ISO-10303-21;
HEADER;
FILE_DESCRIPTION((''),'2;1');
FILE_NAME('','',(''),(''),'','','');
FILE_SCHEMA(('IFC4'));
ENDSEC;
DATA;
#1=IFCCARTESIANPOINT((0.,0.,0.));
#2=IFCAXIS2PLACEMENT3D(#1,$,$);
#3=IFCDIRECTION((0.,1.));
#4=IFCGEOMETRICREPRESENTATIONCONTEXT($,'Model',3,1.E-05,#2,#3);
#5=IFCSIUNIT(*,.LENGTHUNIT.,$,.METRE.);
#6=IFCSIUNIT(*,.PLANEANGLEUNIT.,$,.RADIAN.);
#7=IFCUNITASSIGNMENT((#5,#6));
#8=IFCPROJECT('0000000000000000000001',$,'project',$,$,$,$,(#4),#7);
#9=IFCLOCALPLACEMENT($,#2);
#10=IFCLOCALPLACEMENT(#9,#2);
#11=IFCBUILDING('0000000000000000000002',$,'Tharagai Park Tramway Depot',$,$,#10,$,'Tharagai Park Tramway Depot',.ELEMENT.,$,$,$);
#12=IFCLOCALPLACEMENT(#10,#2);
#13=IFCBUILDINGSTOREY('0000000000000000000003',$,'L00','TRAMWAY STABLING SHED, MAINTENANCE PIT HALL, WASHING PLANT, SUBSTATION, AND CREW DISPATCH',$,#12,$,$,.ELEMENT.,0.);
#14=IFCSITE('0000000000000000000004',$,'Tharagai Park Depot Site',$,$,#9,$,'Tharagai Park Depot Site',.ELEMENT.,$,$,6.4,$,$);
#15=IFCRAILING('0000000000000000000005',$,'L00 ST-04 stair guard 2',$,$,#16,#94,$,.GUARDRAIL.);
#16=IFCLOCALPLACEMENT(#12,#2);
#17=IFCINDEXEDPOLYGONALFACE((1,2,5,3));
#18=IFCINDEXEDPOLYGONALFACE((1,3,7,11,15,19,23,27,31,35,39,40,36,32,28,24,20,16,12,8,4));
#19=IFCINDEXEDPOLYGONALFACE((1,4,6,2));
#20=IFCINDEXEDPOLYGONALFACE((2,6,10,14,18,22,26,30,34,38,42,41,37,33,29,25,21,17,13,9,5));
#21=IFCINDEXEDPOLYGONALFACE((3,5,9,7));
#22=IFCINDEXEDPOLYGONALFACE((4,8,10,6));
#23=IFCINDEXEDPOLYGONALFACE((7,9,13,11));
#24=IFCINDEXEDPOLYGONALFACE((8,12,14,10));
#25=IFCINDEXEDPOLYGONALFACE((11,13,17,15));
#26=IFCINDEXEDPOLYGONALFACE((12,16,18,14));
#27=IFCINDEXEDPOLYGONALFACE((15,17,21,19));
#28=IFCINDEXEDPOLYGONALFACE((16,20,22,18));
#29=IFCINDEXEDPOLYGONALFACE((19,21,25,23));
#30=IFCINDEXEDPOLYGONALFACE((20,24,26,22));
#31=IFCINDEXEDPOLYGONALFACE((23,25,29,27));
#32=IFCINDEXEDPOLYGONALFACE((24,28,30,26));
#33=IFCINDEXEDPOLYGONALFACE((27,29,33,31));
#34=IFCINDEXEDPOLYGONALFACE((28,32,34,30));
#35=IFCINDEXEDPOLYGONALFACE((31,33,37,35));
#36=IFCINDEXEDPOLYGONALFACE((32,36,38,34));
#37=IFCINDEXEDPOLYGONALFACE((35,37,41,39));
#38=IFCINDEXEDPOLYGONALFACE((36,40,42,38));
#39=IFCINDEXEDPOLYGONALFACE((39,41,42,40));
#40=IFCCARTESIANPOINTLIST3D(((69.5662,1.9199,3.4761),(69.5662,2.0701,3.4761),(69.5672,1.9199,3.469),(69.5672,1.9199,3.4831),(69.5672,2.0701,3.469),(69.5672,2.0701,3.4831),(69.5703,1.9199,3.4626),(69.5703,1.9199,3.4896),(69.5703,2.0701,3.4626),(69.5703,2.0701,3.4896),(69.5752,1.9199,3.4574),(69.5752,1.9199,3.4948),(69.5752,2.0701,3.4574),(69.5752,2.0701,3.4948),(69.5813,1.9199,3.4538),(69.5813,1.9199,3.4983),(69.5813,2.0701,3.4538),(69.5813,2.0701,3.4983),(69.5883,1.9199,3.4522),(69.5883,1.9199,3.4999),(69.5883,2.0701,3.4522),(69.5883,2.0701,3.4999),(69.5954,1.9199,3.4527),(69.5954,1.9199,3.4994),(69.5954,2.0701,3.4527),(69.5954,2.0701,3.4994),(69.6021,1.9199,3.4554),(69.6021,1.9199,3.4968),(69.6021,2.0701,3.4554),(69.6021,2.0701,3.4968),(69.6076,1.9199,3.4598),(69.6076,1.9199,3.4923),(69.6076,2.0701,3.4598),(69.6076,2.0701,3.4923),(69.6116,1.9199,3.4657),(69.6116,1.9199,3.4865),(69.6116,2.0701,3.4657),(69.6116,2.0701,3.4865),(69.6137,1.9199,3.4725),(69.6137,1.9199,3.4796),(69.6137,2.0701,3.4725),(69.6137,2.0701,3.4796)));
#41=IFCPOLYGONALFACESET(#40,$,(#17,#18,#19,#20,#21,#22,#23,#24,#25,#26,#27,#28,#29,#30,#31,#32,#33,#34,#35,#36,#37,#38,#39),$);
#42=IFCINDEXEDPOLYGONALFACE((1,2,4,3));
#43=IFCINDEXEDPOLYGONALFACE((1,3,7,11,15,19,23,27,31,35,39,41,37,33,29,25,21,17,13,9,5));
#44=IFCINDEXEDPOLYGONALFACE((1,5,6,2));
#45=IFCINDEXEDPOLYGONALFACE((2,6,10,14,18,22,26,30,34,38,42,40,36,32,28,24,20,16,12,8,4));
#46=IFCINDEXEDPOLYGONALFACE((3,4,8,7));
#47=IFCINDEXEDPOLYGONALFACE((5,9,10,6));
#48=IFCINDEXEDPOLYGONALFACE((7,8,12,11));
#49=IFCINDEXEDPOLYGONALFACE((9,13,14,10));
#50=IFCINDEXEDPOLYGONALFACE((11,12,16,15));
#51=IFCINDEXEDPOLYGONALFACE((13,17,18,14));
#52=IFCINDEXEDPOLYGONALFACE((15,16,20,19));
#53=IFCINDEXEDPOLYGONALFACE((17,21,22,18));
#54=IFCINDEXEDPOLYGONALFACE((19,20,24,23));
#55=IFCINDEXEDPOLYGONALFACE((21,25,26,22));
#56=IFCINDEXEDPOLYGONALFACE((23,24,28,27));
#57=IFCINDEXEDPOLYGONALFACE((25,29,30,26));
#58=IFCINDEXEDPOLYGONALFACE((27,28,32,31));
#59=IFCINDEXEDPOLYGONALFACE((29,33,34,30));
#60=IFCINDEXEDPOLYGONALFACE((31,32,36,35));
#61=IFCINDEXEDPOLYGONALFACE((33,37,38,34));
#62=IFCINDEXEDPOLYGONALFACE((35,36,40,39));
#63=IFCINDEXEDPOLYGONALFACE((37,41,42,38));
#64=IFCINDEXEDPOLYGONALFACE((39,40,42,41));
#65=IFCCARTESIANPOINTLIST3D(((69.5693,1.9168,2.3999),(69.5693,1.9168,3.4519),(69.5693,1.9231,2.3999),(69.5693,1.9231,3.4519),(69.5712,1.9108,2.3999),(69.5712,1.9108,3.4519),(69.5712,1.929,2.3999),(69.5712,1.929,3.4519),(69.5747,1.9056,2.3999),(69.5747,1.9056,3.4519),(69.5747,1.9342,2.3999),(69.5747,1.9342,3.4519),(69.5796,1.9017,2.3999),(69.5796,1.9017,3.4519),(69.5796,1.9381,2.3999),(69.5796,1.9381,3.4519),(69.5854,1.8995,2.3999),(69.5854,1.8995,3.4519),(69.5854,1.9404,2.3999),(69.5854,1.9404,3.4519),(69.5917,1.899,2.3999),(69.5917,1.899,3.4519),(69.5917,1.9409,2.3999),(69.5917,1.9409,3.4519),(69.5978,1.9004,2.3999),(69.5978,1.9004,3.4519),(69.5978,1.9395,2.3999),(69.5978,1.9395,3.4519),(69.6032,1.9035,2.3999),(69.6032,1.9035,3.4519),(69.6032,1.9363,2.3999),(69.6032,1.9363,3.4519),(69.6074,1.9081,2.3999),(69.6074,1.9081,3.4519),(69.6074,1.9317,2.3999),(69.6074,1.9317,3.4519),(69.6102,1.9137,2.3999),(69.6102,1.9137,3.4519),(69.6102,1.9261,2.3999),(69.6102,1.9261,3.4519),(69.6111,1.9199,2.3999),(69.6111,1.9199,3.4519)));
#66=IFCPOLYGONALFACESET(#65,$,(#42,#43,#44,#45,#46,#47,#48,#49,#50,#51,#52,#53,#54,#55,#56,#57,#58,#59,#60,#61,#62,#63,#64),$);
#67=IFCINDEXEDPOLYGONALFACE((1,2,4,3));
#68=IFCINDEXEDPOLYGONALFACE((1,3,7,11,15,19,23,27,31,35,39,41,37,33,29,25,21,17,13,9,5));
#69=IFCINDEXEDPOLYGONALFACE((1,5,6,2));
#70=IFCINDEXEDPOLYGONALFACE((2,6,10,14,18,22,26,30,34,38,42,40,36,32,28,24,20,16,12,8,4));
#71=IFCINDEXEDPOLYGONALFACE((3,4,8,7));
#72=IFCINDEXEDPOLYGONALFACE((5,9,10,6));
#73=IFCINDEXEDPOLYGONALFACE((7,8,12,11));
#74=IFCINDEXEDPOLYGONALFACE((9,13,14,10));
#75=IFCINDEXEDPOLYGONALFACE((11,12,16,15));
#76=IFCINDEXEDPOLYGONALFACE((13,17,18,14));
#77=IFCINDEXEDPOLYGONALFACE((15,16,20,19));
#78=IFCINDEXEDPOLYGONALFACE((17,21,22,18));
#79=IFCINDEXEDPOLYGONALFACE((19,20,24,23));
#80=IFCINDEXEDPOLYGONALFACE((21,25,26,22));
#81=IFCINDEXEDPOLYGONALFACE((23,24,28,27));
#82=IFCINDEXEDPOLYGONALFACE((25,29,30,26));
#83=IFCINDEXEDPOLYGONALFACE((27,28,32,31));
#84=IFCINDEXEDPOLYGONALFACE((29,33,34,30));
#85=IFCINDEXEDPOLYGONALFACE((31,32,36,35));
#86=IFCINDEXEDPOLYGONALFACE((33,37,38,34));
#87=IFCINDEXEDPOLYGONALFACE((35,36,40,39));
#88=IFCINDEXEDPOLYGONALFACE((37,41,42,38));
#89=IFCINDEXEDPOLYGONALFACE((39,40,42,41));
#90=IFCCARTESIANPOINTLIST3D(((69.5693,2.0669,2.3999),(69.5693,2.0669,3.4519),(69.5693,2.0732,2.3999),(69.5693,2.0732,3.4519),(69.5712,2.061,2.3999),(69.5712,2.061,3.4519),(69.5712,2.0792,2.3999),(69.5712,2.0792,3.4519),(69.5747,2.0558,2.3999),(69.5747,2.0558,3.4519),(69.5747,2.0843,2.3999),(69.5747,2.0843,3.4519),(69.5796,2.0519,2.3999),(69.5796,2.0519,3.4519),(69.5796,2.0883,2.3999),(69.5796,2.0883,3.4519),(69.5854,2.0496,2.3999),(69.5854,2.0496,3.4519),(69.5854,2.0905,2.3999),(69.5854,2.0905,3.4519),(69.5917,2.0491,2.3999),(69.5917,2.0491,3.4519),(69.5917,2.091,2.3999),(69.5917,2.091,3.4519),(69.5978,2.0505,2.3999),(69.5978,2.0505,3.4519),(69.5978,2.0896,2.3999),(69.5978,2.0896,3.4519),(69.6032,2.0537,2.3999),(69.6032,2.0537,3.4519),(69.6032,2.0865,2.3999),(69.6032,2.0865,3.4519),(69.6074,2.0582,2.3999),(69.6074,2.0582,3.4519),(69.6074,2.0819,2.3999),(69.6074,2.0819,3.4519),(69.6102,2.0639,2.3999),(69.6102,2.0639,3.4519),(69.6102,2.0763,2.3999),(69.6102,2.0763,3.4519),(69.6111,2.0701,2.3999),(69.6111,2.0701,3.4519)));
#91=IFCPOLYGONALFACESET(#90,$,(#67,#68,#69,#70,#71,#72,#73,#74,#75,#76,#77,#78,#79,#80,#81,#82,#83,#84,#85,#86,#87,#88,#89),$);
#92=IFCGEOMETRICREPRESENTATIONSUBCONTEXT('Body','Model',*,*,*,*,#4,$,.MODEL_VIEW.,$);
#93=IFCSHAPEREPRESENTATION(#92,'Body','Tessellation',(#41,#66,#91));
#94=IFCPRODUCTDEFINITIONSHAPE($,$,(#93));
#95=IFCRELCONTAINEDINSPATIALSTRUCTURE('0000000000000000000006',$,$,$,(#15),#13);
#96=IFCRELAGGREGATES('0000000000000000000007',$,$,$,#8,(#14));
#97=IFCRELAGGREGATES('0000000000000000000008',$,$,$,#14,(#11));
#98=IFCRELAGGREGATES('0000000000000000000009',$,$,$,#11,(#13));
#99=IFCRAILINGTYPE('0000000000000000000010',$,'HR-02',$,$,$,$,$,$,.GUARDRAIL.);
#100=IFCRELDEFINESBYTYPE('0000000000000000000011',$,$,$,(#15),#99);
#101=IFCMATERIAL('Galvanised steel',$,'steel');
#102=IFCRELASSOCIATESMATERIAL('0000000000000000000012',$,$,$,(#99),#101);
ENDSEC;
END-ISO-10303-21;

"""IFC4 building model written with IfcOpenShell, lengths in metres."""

from ifc_helpers import new_model, si_unit, direction, frame, origin, origin_2d, place, context, subcontext, project, spatial, circle, extrude, material, type_object, element, save


model = new_model("IFC4")

# Units and contexts
model_context = context("Model", 3, precision=1e-05, world=origin(), true_north=direction((0.0, 1.0)))
body_context = subcontext(model_context, "Body", "Model", "MODEL_VIEW")
ifc_project = project(units=[si_unit("LENGTHUNIT", "METRE"), si_unit("PLANEANGLEUNIT", "RADIAN")], contexts=[model_context])

# Site, building, storey
site_placement = place(None, origin())
site = spatial("IfcSite", under=ifc_project, at=site_placement, Name="Tharagai Park Depot Site", LongName="Tharagai Park Depot Site", CompositionType="ELEMENT", RefElevation=6.4)
building_placement = place(site_placement, origin())
building = spatial("IfcBuilding", under=site, at=building_placement, Name="Tharagai Park Tramway Depot", LongName="Tharagai Park Tramway Depot", CompositionType="ELEMENT")
storey_placement = place(building_placement, origin())
storey = spatial("IfcBuildingStorey", under=building, at=storey_placement, Name="L00", Description="TRAMWAY STABLING SHED, MAINTENANCE PIT HALL, WASHING PLANT, SUBSTATION, AND CREW DISPATCH", CompositionType="ELEMENT", Elevation=0.0)

# Shared definitions
ifc_material_1 = material(Name="Galvanised steel", Category="steel")

# Railing
railing_type_1 = type_object("IfcRailingType", Name="HR-02", PredefinedType="GUARDRAIL", material=ifc_material_1)
railing_1_placement = place(storey_placement, frame((69.5901, 1.9199, 2.3999)))
element("IfcRailing", 1, at=railing_1_placement, inside=storey, type_object=railing_type_1, Name="L00 ST-04 stair guard 2", PredefinedType="GUARDRAIL", context=body_context, shape_type="SweptSolid", body=[
    extrude(circle(Radius=0.0239, at=origin_2d()), frame((0.0, 0.0, 1.0762), z_axis=(0.0, 1.0, 0.0), x_axis=(-1.0, 0.0, 0.0)), (0.0, 0.0, 1.0), 0.1501),
    extrude(circle(Radius=0.021, at=origin_2d()), origin(), (0.0, 0.0, 1.0), 1.052),
    extrude(circle(Radius=0.021, at=origin_2d()), frame((0.0, 0.1501, 0.0)), (0.0, 0.0, 1.0), 1.052),
])

save(model, "model.ifc")
